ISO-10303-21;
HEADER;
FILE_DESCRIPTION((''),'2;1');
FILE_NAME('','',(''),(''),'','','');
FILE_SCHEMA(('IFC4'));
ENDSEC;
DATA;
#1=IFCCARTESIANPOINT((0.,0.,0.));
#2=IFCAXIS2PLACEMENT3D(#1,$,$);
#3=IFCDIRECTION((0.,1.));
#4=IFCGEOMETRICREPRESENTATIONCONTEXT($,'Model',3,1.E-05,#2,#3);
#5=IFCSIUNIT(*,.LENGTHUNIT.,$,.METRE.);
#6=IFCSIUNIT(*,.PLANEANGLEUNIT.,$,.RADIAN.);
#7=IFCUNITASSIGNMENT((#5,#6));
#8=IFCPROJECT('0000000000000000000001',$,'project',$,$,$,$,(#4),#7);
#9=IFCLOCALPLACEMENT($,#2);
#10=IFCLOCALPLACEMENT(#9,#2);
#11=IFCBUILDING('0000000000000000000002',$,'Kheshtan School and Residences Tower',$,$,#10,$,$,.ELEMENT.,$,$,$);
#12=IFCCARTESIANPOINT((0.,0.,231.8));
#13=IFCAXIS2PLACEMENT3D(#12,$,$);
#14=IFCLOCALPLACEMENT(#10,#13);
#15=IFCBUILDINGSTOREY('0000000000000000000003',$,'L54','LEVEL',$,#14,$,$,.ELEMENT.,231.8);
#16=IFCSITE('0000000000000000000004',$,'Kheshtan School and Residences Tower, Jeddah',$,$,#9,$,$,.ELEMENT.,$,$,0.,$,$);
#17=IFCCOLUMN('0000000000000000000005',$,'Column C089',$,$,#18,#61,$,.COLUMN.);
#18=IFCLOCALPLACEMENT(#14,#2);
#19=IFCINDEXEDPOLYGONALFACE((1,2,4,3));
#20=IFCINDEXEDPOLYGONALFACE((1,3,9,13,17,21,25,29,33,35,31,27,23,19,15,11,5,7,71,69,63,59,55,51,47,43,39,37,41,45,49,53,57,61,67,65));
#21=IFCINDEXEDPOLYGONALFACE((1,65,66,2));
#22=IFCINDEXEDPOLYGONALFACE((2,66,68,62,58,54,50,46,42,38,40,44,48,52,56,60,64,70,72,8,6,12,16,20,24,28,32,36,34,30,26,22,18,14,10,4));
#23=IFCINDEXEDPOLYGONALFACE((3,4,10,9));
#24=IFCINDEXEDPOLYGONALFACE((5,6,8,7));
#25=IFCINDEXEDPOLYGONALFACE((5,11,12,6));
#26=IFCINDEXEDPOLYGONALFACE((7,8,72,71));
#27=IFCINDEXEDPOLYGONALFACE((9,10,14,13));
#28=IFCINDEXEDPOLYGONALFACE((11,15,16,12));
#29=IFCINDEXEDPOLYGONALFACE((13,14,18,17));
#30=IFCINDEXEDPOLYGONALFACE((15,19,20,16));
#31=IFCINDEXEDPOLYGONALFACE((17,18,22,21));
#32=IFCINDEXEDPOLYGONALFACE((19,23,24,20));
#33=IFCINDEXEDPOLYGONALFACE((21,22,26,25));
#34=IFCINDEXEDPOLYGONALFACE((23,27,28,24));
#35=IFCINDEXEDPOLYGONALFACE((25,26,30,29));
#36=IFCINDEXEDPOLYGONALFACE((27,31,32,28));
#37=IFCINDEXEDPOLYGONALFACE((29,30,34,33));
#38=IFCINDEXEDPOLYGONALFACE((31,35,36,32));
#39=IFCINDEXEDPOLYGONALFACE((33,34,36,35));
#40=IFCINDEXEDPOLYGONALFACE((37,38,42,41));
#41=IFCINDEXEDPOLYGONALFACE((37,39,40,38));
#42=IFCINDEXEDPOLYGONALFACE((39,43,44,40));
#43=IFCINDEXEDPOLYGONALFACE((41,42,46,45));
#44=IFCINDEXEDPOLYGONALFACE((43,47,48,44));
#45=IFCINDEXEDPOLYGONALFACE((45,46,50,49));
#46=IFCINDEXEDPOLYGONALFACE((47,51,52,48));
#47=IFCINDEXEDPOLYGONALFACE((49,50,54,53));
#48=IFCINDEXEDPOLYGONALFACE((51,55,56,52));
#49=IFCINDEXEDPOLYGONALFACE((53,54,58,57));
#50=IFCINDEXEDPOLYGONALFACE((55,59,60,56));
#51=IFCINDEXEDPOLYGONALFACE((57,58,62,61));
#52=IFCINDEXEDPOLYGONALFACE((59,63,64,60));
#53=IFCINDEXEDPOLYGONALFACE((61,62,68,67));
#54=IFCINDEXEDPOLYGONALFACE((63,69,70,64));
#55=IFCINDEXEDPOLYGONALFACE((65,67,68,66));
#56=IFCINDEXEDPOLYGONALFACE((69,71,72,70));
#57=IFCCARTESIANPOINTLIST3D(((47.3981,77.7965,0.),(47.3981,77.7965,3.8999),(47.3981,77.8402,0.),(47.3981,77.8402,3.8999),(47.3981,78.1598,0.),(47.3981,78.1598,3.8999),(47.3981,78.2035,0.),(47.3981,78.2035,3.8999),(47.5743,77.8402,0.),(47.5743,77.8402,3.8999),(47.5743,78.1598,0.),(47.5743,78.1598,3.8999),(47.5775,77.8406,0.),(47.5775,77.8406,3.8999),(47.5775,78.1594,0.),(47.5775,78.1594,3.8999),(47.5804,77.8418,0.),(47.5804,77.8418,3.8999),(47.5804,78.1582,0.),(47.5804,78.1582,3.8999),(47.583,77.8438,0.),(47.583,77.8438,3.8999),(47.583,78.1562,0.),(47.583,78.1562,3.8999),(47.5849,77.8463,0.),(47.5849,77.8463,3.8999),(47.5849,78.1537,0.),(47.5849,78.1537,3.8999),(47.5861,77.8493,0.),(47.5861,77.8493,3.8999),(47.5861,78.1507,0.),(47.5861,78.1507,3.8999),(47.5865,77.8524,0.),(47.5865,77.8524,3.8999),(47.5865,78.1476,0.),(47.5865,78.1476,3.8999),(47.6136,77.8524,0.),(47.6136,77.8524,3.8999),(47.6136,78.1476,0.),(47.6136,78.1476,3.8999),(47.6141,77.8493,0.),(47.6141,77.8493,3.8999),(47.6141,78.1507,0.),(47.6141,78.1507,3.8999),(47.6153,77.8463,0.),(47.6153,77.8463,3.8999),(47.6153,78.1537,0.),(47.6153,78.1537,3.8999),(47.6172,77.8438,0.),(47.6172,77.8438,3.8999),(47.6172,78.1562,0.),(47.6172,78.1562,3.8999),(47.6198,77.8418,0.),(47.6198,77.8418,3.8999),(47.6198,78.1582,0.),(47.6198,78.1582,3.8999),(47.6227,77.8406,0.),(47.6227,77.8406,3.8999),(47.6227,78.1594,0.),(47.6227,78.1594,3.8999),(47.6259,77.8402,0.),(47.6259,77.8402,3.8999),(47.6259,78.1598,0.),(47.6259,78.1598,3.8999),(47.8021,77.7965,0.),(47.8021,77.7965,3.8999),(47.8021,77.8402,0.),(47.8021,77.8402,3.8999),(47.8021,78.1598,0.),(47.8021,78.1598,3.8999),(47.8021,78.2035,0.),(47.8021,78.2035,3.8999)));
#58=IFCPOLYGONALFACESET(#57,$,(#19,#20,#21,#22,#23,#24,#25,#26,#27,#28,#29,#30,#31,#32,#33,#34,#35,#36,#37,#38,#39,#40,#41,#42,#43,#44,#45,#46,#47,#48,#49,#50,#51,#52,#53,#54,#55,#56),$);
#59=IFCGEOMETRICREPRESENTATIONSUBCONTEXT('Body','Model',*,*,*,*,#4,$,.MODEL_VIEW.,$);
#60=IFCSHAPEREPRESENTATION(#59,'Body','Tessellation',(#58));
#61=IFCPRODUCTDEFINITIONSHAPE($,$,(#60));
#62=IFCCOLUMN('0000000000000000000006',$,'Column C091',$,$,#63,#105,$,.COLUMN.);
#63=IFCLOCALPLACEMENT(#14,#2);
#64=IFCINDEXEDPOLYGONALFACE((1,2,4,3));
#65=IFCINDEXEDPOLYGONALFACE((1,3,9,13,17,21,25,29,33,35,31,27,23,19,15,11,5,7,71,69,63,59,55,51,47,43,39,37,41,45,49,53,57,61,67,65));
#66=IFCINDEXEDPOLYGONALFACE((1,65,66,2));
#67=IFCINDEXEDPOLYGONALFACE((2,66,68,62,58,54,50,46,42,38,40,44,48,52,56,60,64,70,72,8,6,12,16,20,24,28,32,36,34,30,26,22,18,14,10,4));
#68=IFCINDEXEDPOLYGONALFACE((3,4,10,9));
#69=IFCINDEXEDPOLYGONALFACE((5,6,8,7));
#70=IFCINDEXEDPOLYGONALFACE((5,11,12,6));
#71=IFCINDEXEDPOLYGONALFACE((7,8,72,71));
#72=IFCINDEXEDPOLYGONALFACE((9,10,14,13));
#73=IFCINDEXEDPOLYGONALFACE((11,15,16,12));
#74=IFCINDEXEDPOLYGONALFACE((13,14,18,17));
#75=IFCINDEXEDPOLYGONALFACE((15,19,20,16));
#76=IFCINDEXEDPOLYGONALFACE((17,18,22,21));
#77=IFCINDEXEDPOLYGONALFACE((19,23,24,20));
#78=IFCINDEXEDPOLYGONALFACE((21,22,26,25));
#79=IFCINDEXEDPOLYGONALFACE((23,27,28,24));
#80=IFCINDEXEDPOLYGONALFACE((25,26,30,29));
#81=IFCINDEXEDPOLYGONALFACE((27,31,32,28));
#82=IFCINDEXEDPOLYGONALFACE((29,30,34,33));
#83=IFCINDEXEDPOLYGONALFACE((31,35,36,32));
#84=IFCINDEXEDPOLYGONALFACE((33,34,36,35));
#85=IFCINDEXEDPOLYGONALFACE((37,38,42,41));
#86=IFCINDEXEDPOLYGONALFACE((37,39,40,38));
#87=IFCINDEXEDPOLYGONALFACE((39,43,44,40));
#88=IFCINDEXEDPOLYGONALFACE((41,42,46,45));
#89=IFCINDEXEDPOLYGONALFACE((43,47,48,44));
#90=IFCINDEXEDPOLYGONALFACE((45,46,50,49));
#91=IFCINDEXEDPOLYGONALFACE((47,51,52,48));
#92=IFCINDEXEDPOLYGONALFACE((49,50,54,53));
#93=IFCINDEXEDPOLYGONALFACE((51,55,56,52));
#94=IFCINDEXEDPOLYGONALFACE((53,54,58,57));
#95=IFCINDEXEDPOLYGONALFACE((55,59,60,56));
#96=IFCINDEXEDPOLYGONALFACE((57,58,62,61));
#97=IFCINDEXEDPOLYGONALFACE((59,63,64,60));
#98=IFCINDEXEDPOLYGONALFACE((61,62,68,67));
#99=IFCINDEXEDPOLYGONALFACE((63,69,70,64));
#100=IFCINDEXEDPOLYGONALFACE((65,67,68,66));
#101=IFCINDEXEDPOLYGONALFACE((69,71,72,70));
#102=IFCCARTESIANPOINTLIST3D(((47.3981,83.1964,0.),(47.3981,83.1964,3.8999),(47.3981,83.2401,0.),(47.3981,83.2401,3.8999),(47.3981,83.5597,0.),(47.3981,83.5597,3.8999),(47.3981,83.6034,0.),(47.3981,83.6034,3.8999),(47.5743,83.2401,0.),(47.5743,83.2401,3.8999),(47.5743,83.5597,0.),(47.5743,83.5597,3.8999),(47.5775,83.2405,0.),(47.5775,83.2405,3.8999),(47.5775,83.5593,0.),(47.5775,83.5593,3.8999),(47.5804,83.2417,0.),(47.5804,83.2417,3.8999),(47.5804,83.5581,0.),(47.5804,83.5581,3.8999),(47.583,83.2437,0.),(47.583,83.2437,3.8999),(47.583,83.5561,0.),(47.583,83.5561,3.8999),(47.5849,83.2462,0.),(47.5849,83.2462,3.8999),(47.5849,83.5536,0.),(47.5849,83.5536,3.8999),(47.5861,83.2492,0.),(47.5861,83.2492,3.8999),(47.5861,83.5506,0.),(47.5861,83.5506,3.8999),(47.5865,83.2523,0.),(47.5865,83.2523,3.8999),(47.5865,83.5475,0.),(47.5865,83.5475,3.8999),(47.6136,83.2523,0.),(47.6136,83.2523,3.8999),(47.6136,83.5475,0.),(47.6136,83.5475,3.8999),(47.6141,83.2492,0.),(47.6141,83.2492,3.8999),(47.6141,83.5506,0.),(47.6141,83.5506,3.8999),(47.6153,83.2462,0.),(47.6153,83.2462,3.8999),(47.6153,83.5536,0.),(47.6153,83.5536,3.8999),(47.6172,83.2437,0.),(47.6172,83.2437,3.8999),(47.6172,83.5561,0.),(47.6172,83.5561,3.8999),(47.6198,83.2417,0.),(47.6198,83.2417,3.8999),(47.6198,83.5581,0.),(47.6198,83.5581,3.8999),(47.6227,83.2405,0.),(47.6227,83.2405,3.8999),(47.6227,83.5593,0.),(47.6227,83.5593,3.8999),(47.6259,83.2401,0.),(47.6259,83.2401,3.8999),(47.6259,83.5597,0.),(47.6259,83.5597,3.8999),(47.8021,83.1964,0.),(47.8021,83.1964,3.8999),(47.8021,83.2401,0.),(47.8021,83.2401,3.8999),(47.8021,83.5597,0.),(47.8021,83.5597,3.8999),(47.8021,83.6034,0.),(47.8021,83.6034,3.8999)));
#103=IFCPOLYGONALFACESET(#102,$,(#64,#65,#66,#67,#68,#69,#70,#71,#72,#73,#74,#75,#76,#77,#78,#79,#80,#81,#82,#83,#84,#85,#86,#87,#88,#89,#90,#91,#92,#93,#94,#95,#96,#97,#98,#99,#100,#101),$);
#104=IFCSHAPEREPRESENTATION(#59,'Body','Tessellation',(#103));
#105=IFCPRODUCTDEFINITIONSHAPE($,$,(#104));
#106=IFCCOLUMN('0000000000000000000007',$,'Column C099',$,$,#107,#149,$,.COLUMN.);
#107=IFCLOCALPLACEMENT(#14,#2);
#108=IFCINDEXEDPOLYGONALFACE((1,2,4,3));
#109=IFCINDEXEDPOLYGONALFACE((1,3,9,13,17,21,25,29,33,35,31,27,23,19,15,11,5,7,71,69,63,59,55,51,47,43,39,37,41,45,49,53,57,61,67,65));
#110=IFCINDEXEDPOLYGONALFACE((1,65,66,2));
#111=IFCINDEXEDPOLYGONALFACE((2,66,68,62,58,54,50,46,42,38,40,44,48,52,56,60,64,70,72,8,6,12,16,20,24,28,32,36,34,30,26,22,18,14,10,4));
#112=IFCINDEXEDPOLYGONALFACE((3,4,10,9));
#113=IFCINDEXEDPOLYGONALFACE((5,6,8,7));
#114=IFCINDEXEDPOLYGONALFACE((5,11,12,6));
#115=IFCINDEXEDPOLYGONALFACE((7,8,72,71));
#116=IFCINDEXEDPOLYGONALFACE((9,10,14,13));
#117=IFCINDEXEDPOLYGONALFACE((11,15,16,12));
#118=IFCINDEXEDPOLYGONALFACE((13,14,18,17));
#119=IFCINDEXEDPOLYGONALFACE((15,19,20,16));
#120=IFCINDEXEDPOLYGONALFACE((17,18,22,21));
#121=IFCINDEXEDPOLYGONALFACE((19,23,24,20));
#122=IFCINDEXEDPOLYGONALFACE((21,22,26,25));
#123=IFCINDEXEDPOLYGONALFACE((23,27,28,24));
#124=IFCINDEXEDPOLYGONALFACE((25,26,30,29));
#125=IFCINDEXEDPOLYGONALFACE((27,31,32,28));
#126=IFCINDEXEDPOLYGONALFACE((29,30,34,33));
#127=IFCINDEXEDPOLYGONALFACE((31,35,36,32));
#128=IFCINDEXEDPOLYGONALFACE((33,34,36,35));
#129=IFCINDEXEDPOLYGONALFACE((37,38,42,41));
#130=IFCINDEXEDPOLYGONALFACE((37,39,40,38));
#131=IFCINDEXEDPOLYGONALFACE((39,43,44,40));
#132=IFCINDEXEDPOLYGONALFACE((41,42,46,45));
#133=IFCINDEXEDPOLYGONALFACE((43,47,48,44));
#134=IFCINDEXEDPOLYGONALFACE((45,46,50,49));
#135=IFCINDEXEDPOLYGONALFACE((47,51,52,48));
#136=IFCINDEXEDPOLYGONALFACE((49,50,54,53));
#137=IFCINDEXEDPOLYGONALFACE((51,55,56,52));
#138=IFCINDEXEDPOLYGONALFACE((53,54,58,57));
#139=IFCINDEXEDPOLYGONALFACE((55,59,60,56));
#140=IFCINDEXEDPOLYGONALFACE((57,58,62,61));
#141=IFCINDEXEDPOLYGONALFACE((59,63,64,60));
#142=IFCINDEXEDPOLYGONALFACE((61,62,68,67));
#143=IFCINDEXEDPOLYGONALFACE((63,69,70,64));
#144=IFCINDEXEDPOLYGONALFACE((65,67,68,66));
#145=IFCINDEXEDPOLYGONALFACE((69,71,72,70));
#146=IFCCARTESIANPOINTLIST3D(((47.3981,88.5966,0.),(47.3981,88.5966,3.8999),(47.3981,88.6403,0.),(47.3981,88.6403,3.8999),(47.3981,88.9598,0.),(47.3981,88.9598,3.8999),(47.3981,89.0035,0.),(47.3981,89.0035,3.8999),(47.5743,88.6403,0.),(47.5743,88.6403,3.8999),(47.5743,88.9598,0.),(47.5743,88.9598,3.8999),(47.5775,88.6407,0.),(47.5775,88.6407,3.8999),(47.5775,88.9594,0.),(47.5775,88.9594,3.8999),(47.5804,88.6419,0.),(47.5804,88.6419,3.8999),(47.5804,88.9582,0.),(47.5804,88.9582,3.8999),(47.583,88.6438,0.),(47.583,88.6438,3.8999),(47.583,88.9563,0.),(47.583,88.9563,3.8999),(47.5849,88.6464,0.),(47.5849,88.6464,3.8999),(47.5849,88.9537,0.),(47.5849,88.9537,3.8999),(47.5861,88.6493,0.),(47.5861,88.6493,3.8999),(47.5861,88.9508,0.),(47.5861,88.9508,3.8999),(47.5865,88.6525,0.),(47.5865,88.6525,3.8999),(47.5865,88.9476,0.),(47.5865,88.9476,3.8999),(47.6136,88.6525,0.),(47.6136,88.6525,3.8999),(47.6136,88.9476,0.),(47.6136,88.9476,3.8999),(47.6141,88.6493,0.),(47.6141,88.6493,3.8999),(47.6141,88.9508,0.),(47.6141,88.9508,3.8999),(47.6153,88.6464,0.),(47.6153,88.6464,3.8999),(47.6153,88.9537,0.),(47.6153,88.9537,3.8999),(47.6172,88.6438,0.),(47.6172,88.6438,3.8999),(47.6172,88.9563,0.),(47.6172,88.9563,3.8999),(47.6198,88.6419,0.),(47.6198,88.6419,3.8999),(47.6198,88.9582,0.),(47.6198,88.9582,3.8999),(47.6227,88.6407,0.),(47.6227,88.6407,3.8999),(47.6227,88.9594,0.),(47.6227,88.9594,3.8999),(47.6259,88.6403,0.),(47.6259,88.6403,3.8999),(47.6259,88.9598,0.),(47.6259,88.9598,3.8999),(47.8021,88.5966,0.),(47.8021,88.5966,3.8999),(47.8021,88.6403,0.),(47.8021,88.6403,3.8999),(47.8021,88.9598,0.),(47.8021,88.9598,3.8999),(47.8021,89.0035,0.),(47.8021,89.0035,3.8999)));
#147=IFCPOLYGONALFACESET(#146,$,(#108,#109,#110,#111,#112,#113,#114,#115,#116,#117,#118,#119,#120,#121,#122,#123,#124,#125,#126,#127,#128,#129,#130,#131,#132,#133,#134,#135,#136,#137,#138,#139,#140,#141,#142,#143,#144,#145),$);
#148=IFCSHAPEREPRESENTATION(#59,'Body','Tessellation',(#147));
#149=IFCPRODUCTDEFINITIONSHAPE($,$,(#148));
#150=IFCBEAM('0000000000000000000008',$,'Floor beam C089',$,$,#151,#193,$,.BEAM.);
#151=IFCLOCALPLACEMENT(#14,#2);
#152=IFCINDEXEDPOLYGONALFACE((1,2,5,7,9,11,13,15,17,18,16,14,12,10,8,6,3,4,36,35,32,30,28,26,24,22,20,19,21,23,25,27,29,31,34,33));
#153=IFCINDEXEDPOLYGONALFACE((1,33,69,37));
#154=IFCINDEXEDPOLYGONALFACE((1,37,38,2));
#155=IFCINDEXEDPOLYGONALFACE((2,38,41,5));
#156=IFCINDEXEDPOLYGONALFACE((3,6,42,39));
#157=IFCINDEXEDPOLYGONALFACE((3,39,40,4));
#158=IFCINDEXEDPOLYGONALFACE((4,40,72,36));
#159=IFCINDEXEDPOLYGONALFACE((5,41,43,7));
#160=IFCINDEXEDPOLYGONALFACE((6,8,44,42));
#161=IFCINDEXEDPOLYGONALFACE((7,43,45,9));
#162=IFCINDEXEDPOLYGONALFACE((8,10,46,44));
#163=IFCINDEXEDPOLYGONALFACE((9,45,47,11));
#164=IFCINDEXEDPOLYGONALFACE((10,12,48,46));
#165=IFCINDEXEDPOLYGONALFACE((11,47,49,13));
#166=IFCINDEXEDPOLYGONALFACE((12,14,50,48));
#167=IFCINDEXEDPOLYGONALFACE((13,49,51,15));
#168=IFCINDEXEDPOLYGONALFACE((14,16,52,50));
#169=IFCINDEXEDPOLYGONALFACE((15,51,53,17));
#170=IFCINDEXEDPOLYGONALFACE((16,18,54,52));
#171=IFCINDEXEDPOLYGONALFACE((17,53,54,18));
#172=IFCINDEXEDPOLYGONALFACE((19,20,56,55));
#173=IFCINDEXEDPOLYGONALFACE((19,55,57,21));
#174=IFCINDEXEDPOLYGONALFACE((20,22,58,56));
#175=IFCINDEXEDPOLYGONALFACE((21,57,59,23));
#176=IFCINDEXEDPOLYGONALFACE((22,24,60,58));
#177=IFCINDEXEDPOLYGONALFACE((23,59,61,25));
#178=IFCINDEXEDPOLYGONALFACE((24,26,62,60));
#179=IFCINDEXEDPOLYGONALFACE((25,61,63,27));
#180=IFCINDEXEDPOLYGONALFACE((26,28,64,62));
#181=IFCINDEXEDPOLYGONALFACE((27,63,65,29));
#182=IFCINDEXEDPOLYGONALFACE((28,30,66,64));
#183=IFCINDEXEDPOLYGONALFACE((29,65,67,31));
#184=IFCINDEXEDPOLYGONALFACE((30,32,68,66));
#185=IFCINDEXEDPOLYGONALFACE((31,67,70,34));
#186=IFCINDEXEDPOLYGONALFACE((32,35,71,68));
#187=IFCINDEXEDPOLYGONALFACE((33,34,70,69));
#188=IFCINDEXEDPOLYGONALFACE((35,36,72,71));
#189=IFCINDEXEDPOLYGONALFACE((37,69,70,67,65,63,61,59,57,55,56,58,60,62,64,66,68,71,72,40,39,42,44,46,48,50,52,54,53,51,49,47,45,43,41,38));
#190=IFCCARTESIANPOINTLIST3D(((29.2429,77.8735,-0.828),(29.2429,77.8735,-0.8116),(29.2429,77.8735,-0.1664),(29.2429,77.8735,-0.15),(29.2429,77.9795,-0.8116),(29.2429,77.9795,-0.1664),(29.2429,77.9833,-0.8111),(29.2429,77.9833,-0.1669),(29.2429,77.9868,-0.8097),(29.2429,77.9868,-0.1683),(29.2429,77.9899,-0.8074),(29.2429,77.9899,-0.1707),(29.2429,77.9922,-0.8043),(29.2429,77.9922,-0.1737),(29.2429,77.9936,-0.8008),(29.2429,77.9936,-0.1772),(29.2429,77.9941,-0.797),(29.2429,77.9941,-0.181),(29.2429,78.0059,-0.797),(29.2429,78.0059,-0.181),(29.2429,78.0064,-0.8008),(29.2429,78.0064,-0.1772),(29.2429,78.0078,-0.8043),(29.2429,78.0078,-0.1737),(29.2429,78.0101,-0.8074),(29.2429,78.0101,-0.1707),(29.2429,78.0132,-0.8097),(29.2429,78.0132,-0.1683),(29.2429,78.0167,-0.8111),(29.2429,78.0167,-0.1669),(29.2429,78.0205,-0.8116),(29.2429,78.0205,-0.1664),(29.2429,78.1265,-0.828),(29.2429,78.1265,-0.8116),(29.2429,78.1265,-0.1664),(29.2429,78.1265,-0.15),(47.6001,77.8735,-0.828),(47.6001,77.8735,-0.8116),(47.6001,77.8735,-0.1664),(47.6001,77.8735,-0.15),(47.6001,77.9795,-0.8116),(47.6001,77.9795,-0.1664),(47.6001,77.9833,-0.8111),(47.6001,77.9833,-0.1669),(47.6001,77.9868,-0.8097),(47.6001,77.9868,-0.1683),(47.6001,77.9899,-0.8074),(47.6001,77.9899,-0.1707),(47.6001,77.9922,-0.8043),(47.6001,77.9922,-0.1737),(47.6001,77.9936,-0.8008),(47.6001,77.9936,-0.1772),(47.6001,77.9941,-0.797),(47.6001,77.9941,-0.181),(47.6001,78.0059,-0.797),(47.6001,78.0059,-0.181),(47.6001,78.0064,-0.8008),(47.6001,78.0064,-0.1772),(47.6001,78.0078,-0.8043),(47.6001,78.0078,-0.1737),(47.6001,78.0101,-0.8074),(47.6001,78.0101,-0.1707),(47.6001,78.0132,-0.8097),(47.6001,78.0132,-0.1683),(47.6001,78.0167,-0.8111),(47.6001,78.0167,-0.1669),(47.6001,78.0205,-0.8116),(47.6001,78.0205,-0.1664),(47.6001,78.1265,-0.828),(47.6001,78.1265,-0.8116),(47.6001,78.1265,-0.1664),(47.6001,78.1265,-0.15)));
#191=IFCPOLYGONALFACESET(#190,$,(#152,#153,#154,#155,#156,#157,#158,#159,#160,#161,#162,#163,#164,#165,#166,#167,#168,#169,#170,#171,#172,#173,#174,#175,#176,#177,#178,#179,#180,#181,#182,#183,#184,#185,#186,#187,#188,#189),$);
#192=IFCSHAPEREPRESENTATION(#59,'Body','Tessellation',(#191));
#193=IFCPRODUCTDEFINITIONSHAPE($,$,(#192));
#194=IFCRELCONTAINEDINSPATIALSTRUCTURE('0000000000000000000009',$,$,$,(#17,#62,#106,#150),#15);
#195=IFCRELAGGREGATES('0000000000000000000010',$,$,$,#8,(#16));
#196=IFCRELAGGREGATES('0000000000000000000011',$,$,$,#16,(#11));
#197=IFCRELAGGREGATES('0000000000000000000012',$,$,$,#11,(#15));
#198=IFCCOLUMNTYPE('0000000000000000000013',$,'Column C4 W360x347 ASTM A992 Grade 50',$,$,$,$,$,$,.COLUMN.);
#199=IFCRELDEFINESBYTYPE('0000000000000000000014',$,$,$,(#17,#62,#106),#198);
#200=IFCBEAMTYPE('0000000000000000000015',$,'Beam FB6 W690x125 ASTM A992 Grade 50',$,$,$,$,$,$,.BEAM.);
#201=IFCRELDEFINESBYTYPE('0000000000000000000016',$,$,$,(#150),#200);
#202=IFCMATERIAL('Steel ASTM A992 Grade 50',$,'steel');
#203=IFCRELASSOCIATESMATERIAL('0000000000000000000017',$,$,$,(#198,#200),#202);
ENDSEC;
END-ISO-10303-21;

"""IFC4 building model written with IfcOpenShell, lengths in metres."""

from ifc_helpers import new_model, si_unit, direction, frame, origin, origin_2d, place, context, subcontext, project, spatial, i_section, extrude, material, material_profile, profile_set, type_object, element, save


model = new_model("IFC4")

# Units and contexts
model_context = context("Model", 3, precision=1e-05, world=origin(), true_north=direction((0.0, 1.0)))
body_context = subcontext(model_context, "Body", "Model", "MODEL_VIEW")
ifc_project = project(units=[si_unit("LENGTHUNIT", "METRE"), si_unit("PLANEANGLEUNIT", "RADIAN")], contexts=[model_context])

# Site, building, storey
site_placement = place(None, origin())
site = spatial("IfcSite", under=ifc_project, at=site_placement, Name="Kheshtan School and Residences Tower, Jeddah", CompositionType="ELEMENT", RefElevation=0.0)
building_placement = place(site_placement, origin())
building = spatial("IfcBuilding", under=site, at=building_placement, Name="Kheshtan School and Residences Tower", CompositionType="ELEMENT")
storey_placement = place(building_placement, frame((0.0, 0.0, 231.8)))
storey = spatial("IfcBuildingStorey", under=building, at=storey_placement, Name="L54", Description="LEVEL", CompositionType="ELEMENT", Elevation=231.8)

# Columns
ifc_material_1 = material(Name="Steel ASTM A992 Grade 50", Category="steel")
ifc_material_profile_1 = material_profile(ifc_material_1, i_section(OverallWidth=0.4041, OverallDepth=0.407, WebThickness=0.0271, FlangeThickness=0.0437, FilletRadius=0.0122, at=origin_2d()), Name="W360x347")
ifc_profile_set_1 = profile_set([ifc_material_profile_1], Name="Steel ASTM A992 Grade 50")
column_type = type_object("IfcColumnType", Name="Column C4 W360x347 ASTM A992 Grade 50", PredefinedType="COLUMN", material=ifc_profile_set_1)
for number, where, z_axis, x_axis, name in (
    (1, (47.6001, 78.0, 0.0), (0.0, 0.0, 1.0), (1.0, 0.0, 0.0), "Column C089"),
    (2, (47.6001, 83.3999, 0.0), (0.0, 0.0, 1.0), (1.0, 0.0, 0.0), "Column C091"),
    (3, (47.6001, 88.8, 0.0), (0.0, 0.0, 1.0), (1.0, 0.0, 0.0), "Column C099"),
):
    element("IfcColumn", number, at=place(storey_placement, frame(where, z_axis=z_axis, x_axis=x_axis)), inside=storey, type_object=column_type, Name=name, PredefinedType="COLUMN", context=body_context, shape_type="SweptSolid", body=[
        extrude(i_section(OverallWidth=0.4041, OverallDepth=0.407, WebThickness=0.0271, FlangeThickness=0.0437, FilletRadius=0.0122, at=origin_2d()), origin(), (0.0, 0.0, 1.0), 3.8999),
    ])

# Beam
ifc_material_profile_2 = material_profile(ifc_material_1, i_section(OverallWidth=0.2529, OverallDepth=0.678, WebThickness=0.0117, FlangeThickness=0.0164, FilletRadius=0.0146, at=origin_2d()), Name="W690x125")
ifc_profile_set_2 = profile_set([ifc_material_profile_2], Name="Steel ASTM A992 Grade 50")
beam_type_1 = type_object("IfcBeamType", Name="Beam FB6 W690x125 ASTM A992 Grade 50", PredefinedType="BEAM", material=ifc_profile_set_2)
beam_1_placement = place(storey_placement, frame((47.6001, 78.0, -0.489), z_axis=(-1.0, 0.0, 0.0), x_axis=(0.0, -1.0, 0.0)))
element("IfcBeam", 4, at=beam_1_placement, inside=storey, type_object=beam_type_1, Name="Floor beam C089", PredefinedType="BEAM", context=body_context, shape_type="SweptSolid", body=[
    extrude(i_section(OverallWidth=0.2529, OverallDepth=0.678, WebThickness=0.0117, FlangeThickness=0.0164, FilletRadius=0.0146, at=origin_2d()), origin(), (0.0, 0.0, 1.0), 18.3572),
])

save(model, "model.ifc")
